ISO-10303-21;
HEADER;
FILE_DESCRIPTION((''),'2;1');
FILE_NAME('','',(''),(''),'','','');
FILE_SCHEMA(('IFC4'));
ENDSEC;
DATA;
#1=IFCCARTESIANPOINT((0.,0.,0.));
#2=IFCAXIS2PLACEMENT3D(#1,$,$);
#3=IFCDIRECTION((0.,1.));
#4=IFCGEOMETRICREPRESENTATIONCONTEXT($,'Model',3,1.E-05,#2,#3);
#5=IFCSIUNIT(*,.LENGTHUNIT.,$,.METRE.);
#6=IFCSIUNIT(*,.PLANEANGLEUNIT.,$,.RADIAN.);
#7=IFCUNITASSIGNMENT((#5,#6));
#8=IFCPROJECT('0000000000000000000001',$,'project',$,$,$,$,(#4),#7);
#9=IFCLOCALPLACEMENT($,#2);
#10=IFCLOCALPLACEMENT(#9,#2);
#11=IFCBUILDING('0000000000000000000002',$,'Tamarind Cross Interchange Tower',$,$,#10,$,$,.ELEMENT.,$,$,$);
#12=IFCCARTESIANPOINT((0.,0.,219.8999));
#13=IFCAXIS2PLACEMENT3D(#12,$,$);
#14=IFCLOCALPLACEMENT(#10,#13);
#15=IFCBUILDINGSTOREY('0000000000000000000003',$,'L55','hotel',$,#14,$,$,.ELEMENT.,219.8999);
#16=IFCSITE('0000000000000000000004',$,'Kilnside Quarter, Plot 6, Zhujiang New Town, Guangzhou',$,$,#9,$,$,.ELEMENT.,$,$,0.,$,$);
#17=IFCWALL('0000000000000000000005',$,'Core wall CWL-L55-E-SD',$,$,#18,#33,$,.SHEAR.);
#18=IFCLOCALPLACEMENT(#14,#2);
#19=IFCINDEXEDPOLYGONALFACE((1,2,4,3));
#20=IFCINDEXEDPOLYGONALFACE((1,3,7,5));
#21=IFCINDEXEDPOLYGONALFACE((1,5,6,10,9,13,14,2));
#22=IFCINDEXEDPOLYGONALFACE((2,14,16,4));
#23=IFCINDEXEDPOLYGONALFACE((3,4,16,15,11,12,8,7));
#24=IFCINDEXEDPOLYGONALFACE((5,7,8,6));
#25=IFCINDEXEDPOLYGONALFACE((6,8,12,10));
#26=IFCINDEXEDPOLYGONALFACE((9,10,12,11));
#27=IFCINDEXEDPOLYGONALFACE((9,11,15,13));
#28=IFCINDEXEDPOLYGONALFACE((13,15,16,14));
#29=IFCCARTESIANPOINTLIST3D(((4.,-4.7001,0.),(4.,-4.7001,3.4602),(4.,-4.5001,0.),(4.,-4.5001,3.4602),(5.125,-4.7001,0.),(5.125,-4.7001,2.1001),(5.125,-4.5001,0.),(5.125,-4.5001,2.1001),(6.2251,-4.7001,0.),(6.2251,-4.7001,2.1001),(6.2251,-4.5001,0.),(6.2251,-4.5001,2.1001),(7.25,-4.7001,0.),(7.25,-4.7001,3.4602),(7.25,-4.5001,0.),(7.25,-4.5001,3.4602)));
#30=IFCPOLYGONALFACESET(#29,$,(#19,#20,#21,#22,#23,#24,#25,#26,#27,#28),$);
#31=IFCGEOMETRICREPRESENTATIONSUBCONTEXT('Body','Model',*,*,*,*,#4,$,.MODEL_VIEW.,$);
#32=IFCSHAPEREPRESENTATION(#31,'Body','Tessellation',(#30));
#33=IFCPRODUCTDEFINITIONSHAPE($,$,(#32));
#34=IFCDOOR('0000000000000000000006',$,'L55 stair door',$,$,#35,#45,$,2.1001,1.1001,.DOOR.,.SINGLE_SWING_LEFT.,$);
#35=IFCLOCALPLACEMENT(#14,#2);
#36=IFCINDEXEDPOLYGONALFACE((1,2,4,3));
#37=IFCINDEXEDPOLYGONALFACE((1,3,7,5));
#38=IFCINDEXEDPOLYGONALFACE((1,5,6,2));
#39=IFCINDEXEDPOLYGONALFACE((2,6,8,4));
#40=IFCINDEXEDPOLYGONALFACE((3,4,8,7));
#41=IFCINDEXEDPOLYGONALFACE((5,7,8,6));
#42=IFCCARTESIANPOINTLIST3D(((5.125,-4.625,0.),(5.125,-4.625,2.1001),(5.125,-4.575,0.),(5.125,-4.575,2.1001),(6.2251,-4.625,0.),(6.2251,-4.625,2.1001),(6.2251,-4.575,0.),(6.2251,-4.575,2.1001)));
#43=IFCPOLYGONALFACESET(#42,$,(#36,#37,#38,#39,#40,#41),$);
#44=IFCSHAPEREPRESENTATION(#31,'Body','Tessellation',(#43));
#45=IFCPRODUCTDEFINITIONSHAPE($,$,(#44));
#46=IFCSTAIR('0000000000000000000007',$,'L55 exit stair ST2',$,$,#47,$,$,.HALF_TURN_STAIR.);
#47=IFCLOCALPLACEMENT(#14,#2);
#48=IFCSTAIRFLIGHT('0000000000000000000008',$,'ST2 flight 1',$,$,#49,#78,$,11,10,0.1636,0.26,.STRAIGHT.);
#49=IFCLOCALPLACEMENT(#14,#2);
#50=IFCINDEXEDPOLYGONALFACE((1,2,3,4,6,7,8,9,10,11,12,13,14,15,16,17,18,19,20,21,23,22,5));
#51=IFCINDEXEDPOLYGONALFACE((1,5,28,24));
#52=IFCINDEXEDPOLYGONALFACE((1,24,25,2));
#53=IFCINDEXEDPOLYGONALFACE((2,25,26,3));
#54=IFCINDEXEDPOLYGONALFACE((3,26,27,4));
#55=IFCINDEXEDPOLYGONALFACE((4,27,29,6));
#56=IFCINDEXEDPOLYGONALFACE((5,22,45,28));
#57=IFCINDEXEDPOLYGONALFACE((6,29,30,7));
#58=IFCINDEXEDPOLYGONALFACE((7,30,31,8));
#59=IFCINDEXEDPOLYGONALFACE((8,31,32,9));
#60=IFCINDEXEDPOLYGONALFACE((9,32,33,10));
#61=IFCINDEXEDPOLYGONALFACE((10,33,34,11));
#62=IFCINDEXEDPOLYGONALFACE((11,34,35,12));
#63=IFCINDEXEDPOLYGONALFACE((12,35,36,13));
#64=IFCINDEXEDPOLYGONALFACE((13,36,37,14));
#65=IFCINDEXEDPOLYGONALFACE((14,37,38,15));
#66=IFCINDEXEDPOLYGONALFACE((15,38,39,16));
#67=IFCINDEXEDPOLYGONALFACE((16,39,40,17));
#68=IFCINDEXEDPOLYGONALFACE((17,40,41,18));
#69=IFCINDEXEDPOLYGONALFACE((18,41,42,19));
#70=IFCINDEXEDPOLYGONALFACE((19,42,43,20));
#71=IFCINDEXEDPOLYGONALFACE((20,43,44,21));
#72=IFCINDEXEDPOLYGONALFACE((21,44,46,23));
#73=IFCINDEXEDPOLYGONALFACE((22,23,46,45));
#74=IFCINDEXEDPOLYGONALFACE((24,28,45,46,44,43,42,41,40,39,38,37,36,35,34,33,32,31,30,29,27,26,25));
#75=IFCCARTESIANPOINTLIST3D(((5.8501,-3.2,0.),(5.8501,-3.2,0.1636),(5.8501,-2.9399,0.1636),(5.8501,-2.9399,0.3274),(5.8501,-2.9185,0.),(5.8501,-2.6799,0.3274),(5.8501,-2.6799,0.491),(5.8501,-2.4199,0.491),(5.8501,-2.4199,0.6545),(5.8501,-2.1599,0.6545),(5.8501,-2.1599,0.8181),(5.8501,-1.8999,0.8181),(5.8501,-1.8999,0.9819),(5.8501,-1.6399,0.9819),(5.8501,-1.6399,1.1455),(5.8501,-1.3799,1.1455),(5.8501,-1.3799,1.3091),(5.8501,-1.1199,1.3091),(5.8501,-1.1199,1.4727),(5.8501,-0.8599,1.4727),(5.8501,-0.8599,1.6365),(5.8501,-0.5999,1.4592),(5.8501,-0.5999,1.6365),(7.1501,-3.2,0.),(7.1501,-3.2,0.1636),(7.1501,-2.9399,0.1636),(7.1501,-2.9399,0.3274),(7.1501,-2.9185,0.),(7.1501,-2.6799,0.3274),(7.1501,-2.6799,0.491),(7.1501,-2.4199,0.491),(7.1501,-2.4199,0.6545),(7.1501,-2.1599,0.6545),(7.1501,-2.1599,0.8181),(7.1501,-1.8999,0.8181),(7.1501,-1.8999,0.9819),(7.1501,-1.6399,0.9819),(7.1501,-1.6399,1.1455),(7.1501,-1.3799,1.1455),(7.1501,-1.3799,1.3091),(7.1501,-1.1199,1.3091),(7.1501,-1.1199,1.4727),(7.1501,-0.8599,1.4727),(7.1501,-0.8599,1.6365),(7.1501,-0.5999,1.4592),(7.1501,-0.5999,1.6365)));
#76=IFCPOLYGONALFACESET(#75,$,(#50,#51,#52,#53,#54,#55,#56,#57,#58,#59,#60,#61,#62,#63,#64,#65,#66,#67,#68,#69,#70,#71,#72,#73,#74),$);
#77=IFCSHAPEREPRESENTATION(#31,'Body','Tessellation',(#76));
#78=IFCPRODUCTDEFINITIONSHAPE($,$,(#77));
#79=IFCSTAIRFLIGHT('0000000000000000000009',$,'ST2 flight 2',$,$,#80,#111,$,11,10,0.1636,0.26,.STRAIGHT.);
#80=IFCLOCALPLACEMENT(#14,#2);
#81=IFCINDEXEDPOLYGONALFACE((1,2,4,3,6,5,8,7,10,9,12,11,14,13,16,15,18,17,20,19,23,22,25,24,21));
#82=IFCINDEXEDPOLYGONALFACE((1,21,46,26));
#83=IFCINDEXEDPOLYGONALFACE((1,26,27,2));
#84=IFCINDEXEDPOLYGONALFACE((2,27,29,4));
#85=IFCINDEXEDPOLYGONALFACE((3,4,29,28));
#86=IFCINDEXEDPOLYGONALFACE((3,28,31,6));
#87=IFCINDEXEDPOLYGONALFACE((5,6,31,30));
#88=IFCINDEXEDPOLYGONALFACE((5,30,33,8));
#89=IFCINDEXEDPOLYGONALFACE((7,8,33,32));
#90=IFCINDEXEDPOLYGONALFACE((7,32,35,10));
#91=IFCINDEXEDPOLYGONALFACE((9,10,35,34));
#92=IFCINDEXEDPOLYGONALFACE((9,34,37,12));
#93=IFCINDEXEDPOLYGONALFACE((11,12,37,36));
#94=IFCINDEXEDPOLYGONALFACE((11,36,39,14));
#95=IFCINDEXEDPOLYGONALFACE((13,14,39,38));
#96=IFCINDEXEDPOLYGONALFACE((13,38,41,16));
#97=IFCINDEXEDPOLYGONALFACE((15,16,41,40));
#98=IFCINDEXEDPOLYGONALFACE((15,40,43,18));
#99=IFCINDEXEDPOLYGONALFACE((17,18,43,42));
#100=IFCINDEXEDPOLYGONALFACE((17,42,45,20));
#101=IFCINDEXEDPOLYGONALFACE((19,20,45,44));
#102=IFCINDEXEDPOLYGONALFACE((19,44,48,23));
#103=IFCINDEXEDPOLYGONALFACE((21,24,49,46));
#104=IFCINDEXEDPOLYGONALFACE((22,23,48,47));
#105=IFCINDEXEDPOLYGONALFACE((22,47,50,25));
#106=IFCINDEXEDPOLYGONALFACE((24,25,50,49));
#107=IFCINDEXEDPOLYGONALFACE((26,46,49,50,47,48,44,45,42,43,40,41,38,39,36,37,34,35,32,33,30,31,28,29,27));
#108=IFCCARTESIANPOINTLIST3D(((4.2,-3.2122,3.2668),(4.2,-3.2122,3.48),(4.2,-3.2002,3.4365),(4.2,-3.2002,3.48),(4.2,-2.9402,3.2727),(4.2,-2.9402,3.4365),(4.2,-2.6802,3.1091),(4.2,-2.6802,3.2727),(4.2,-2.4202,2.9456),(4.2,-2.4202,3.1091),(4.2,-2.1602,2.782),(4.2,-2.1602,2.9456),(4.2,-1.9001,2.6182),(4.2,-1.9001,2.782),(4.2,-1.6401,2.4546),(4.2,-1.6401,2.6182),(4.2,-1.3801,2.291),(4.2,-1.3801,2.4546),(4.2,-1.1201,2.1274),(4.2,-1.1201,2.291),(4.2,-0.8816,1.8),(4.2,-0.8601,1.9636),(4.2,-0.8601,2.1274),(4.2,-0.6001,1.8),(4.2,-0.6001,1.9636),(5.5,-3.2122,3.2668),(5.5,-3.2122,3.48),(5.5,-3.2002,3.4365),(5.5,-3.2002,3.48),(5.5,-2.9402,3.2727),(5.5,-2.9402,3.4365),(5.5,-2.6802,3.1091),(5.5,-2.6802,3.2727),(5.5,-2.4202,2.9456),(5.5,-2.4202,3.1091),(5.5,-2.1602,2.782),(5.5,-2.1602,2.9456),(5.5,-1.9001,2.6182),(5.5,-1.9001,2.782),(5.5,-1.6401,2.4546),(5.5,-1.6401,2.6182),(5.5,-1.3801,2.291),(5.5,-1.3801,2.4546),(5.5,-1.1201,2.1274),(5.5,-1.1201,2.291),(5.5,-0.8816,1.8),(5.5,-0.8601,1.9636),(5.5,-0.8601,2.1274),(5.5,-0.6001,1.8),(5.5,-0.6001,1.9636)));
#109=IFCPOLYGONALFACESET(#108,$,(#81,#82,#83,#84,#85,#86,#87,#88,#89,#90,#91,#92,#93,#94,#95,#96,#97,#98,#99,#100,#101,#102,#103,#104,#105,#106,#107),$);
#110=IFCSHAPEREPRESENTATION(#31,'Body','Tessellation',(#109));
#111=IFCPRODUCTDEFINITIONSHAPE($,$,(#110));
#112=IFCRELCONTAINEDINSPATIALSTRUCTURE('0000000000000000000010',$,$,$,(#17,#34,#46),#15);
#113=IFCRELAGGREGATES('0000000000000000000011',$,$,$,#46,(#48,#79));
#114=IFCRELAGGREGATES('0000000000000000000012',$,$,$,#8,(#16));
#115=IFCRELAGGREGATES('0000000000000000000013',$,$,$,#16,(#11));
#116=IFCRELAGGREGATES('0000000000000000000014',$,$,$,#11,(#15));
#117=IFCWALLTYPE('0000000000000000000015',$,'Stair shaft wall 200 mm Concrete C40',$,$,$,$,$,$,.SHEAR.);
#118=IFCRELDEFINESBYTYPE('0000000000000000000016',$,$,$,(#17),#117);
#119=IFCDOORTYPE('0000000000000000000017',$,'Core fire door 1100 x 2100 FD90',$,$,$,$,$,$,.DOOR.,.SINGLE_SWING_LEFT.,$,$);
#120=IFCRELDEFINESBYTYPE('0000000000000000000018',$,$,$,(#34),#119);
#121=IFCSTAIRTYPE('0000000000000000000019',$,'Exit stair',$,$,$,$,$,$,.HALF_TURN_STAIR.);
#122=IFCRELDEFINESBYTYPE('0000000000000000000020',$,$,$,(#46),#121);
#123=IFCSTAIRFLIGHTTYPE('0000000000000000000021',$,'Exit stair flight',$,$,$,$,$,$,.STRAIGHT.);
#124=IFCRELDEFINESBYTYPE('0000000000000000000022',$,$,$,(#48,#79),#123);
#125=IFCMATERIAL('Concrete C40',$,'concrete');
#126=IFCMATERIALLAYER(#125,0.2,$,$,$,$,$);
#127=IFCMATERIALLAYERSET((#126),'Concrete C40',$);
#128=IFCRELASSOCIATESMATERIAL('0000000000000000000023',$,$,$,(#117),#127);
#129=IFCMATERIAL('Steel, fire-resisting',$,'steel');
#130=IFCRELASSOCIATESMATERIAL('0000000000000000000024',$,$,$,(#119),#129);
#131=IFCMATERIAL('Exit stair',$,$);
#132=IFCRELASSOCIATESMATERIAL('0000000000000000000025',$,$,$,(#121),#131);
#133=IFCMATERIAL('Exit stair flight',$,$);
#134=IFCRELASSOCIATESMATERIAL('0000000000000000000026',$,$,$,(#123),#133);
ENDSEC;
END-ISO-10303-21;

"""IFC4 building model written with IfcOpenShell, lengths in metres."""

from ifc_helpers import new_model, si_unit, direction, frame, frame_2d, origin, place, context, subcontext, project, spatial, polyline, rectangle, outline, extrude, material, layer, layer_set, type_object, element, fill, aggregate, save


model = new_model("IFC4")

# Units and contexts
model_context = context("Model", 3, precision=1e-05, world=origin(), true_north=direction((0.0, 1.0)))
body_context = subcontext(model_context, "Body", "Model", "MODEL_VIEW")
ifc_project = project(units=[si_unit("LENGTHUNIT", "METRE"), si_unit("PLANEANGLEUNIT", "RADIAN")], contexts=[model_context])

# Site, building, storey
site_placement = place(None, origin())
site = spatial("IfcSite", under=ifc_project, at=site_placement, Name="Kilnside Quarter, Plot 6, Zhujiang New Town, Guangzhou", CompositionType="ELEMENT", RefElevation=0.0)
building_placement = place(site_placement, origin())
building = spatial("IfcBuilding", under=site, at=building_placement, Name="Tamarind Cross Interchange Tower", CompositionType="ELEMENT")
storey_placement = place(building_placement, frame((0.0, 0.0, 219.8999)))
storey = spatial("IfcBuildingStorey", under=building, at=storey_placement, Name="L55", Description="hotel", CompositionType="ELEMENT", Elevation=219.8999)

# Shared definitions
ifc_material_1 = material(Name="Steel, fire-resisting", Category="steel")

# Wall, opening, door
ifc_material_2 = material(Name="Concrete C40", Category="concrete")
ifc_layer_1 = layer(ifc_material_2, 0.2)
ifc_layer_set_1 = layer_set([ifc_layer_1], Name="Concrete C40")
wall_type_1 = type_object("IfcWallType", Name="Stair shaft wall 200 mm Concrete C40", PredefinedType="SHEAR", material=ifc_layer_set_1)
wall_1_placement = place(storey_placement, frame((7.25, -4.6001, 0.0), z_axis=(0.0, 0.0, 1.0), x_axis=(-1.0, 0.0, 0.0)))
wall_1 = element("IfcWall", 1, at=wall_1_placement, inside=storey, type_object=wall_type_1, Name="Core wall CWL-L55-E-SD", PredefinedType="SHEAR", context=body_context, shape_type="SweptSolid", body=[
    extrude(rectangle(XDim=3.25, YDim=0.2, at=frame_2d((1.625, 0.0))), origin(), (0.0, 0.0, 1.0), 3.4602),
])
opening_1_placement = place(wall_1_placement, frame((1.0249, 0.0, 0.0)))
opening_1 = element("IfcOpeningElement", 2, at=opening_1_placement, cuts=wall_1, PredefinedType="OPENING", context=body_context, shape_type="SweptSolid", body=[
    extrude(rectangle(XDim=1.1001, YDim=2.1001, at=frame_2d((0.55, 1.05))), frame((0.0, 0.1099, 0.0), z_axis=(0.0, -1.0, 0.0), x_axis=(1.0, 0.0, 0.0)), (0.0, 0.0, 1.0), 0.22),
])
door_type_1 = type_object("IfcDoorType", Name="Core fire door 1100 x 2100 FD90", OperationType="SINGLE_SWING_LEFT", PredefinedType="DOOR", material=ifc_material_1)
door_1_placement = place(opening_1_placement, origin())
door_1 = element("IfcDoor", 3, at=door_1_placement, inside=storey, type_object=door_type_1, Name="L55 stair door", OperationType="SINGLE_SWING_LEFT", OverallHeight=2.1001, OverallWidth=1.1001, PredefinedType="DOOR", context=body_context, shape_type="SweptSolid", body=[
    extrude(rectangle(XDim=1.1001, YDim=2.1001, at=frame_2d((0.55, 1.05))), frame((0.0, 0.0249, 0.0), z_axis=(0.0, -1.0, 0.0), x_axis=(1.0, 0.0, 0.0)), (0.0, 0.0, 1.0), 0.05),
])
fill(opening_1, door_1)

# Stair, stair flights
ifc_material_3 = material(Name="Exit stair")
stair_type = type_object("IfcStairType", Name="Exit stair", PredefinedType="HALF_TURN_STAIR", material=ifc_material_3)
stair_placement = place(storey_placement, origin())
stair = element("IfcStair", 4, at=stair_placement, inside=storey, type_object=stair_type, Name="L55 exit stair ST2", PredefinedType="HALF_TURN_STAIR")
ifc_material_4 = material(Name="Exit stair flight")
stair_flight_type = type_object("IfcStairFlightType", Name="Exit stair flight", PredefinedType="STRAIGHT", material=ifc_material_4)
stair_flight_1_placement = place(storey_placement, frame((6.5, -3.2, 0.0), z_axis=(0.0, 0.0, 1.0), x_axis=(0.0, 1.0, 0.0)))
stair_flight_1 = element("IfcStairFlight", 5, at=stair_flight_1_placement, type_object=stair_flight_type, Name="ST2 flight 1", NumberOfRisers=11, NumberOfTreads=10, PredefinedType="STRAIGHT", RiserHeight=0.1636, TreadLength=0.26, context=body_context, shape_type="SweptSolid", body=[
    extrude(outline(polyline([(0.0, 0.0), (0.0, 0.1636), (0.26, 0.1636), (0.26, 0.3274), (0.52, 0.3274), (0.52, 0.491), (0.78, 0.491), (0.78, 0.6545), (1.04, 0.6545), (1.04, 0.8181), (1.3, 0.8181), (1.3, 0.9819), (1.5601, 0.9819), (1.5601, 1.1455), (1.8201, 1.1455), (1.8201, 1.3091), (2.0801, 1.3091), (2.0801, 1.4727), (2.3401, 1.4727), (2.3401, 1.6365), (2.6001, 1.6365), (2.6001, 1.8), (2.6001, 1.4592), (0.2815, 0.0), (0.0, 0.0)])), frame((0.0, 0.6499, 0.0), z_axis=(0.0, -1.0, 0.0), x_axis=(1.0, 0.0, 0.0)), (0.0, 0.0, 1.0), 1.3),
])
stair_flight_2_placement = place(storey_placement, frame((4.8501, -0.6001, 1.8), z_axis=(0.0, 0.0, 1.0), x_axis=(0.0, -1.0, 0.0)))
stair_flight_2 = element("IfcStairFlight", 6, at=stair_flight_2_placement, type_object=stair_flight_type, Name="ST2 flight 2", NumberOfRisers=11, NumberOfTreads=10, PredefinedType="STRAIGHT", RiserHeight=0.1636, TreadLength=0.26, context=body_context, shape_type="SweptSolid", body=[
    extrude(outline(polyline([(0.0, 0.0), (0.0, 0.1636), (0.26, 0.1636), (0.26, 0.3274), (0.52, 0.3274), (0.52, 0.491), (0.78, 0.491), (0.78, 0.6545), (1.04, 0.6545), (1.04, 0.8181), (1.3, 0.8181), (1.3, 0.9819), (1.5601, 0.9819), (1.5601, 1.1455), (1.8201, 1.1455), (1.8201, 1.3091), (2.0801, 1.3091), (2.0801, 1.4727), (2.3401, 1.4727), (2.3401, 1.6365), (2.6001, 1.6365), (2.6001, 1.6799), (2.6121, 1.6799), (2.6121, 1.4668), (0.2815, 0.0), (0.0, 0.0)])), frame((0.0, 0.6499, 0.0), z_axis=(0.0, -1.0, 0.0), x_axis=(1.0, 0.0, 0.0)), (0.0, 0.0, 1.0), 1.3),
])
aggregate(stair, [stair_flight_1, stair_flight_2])

save(model, "model.ifc")
